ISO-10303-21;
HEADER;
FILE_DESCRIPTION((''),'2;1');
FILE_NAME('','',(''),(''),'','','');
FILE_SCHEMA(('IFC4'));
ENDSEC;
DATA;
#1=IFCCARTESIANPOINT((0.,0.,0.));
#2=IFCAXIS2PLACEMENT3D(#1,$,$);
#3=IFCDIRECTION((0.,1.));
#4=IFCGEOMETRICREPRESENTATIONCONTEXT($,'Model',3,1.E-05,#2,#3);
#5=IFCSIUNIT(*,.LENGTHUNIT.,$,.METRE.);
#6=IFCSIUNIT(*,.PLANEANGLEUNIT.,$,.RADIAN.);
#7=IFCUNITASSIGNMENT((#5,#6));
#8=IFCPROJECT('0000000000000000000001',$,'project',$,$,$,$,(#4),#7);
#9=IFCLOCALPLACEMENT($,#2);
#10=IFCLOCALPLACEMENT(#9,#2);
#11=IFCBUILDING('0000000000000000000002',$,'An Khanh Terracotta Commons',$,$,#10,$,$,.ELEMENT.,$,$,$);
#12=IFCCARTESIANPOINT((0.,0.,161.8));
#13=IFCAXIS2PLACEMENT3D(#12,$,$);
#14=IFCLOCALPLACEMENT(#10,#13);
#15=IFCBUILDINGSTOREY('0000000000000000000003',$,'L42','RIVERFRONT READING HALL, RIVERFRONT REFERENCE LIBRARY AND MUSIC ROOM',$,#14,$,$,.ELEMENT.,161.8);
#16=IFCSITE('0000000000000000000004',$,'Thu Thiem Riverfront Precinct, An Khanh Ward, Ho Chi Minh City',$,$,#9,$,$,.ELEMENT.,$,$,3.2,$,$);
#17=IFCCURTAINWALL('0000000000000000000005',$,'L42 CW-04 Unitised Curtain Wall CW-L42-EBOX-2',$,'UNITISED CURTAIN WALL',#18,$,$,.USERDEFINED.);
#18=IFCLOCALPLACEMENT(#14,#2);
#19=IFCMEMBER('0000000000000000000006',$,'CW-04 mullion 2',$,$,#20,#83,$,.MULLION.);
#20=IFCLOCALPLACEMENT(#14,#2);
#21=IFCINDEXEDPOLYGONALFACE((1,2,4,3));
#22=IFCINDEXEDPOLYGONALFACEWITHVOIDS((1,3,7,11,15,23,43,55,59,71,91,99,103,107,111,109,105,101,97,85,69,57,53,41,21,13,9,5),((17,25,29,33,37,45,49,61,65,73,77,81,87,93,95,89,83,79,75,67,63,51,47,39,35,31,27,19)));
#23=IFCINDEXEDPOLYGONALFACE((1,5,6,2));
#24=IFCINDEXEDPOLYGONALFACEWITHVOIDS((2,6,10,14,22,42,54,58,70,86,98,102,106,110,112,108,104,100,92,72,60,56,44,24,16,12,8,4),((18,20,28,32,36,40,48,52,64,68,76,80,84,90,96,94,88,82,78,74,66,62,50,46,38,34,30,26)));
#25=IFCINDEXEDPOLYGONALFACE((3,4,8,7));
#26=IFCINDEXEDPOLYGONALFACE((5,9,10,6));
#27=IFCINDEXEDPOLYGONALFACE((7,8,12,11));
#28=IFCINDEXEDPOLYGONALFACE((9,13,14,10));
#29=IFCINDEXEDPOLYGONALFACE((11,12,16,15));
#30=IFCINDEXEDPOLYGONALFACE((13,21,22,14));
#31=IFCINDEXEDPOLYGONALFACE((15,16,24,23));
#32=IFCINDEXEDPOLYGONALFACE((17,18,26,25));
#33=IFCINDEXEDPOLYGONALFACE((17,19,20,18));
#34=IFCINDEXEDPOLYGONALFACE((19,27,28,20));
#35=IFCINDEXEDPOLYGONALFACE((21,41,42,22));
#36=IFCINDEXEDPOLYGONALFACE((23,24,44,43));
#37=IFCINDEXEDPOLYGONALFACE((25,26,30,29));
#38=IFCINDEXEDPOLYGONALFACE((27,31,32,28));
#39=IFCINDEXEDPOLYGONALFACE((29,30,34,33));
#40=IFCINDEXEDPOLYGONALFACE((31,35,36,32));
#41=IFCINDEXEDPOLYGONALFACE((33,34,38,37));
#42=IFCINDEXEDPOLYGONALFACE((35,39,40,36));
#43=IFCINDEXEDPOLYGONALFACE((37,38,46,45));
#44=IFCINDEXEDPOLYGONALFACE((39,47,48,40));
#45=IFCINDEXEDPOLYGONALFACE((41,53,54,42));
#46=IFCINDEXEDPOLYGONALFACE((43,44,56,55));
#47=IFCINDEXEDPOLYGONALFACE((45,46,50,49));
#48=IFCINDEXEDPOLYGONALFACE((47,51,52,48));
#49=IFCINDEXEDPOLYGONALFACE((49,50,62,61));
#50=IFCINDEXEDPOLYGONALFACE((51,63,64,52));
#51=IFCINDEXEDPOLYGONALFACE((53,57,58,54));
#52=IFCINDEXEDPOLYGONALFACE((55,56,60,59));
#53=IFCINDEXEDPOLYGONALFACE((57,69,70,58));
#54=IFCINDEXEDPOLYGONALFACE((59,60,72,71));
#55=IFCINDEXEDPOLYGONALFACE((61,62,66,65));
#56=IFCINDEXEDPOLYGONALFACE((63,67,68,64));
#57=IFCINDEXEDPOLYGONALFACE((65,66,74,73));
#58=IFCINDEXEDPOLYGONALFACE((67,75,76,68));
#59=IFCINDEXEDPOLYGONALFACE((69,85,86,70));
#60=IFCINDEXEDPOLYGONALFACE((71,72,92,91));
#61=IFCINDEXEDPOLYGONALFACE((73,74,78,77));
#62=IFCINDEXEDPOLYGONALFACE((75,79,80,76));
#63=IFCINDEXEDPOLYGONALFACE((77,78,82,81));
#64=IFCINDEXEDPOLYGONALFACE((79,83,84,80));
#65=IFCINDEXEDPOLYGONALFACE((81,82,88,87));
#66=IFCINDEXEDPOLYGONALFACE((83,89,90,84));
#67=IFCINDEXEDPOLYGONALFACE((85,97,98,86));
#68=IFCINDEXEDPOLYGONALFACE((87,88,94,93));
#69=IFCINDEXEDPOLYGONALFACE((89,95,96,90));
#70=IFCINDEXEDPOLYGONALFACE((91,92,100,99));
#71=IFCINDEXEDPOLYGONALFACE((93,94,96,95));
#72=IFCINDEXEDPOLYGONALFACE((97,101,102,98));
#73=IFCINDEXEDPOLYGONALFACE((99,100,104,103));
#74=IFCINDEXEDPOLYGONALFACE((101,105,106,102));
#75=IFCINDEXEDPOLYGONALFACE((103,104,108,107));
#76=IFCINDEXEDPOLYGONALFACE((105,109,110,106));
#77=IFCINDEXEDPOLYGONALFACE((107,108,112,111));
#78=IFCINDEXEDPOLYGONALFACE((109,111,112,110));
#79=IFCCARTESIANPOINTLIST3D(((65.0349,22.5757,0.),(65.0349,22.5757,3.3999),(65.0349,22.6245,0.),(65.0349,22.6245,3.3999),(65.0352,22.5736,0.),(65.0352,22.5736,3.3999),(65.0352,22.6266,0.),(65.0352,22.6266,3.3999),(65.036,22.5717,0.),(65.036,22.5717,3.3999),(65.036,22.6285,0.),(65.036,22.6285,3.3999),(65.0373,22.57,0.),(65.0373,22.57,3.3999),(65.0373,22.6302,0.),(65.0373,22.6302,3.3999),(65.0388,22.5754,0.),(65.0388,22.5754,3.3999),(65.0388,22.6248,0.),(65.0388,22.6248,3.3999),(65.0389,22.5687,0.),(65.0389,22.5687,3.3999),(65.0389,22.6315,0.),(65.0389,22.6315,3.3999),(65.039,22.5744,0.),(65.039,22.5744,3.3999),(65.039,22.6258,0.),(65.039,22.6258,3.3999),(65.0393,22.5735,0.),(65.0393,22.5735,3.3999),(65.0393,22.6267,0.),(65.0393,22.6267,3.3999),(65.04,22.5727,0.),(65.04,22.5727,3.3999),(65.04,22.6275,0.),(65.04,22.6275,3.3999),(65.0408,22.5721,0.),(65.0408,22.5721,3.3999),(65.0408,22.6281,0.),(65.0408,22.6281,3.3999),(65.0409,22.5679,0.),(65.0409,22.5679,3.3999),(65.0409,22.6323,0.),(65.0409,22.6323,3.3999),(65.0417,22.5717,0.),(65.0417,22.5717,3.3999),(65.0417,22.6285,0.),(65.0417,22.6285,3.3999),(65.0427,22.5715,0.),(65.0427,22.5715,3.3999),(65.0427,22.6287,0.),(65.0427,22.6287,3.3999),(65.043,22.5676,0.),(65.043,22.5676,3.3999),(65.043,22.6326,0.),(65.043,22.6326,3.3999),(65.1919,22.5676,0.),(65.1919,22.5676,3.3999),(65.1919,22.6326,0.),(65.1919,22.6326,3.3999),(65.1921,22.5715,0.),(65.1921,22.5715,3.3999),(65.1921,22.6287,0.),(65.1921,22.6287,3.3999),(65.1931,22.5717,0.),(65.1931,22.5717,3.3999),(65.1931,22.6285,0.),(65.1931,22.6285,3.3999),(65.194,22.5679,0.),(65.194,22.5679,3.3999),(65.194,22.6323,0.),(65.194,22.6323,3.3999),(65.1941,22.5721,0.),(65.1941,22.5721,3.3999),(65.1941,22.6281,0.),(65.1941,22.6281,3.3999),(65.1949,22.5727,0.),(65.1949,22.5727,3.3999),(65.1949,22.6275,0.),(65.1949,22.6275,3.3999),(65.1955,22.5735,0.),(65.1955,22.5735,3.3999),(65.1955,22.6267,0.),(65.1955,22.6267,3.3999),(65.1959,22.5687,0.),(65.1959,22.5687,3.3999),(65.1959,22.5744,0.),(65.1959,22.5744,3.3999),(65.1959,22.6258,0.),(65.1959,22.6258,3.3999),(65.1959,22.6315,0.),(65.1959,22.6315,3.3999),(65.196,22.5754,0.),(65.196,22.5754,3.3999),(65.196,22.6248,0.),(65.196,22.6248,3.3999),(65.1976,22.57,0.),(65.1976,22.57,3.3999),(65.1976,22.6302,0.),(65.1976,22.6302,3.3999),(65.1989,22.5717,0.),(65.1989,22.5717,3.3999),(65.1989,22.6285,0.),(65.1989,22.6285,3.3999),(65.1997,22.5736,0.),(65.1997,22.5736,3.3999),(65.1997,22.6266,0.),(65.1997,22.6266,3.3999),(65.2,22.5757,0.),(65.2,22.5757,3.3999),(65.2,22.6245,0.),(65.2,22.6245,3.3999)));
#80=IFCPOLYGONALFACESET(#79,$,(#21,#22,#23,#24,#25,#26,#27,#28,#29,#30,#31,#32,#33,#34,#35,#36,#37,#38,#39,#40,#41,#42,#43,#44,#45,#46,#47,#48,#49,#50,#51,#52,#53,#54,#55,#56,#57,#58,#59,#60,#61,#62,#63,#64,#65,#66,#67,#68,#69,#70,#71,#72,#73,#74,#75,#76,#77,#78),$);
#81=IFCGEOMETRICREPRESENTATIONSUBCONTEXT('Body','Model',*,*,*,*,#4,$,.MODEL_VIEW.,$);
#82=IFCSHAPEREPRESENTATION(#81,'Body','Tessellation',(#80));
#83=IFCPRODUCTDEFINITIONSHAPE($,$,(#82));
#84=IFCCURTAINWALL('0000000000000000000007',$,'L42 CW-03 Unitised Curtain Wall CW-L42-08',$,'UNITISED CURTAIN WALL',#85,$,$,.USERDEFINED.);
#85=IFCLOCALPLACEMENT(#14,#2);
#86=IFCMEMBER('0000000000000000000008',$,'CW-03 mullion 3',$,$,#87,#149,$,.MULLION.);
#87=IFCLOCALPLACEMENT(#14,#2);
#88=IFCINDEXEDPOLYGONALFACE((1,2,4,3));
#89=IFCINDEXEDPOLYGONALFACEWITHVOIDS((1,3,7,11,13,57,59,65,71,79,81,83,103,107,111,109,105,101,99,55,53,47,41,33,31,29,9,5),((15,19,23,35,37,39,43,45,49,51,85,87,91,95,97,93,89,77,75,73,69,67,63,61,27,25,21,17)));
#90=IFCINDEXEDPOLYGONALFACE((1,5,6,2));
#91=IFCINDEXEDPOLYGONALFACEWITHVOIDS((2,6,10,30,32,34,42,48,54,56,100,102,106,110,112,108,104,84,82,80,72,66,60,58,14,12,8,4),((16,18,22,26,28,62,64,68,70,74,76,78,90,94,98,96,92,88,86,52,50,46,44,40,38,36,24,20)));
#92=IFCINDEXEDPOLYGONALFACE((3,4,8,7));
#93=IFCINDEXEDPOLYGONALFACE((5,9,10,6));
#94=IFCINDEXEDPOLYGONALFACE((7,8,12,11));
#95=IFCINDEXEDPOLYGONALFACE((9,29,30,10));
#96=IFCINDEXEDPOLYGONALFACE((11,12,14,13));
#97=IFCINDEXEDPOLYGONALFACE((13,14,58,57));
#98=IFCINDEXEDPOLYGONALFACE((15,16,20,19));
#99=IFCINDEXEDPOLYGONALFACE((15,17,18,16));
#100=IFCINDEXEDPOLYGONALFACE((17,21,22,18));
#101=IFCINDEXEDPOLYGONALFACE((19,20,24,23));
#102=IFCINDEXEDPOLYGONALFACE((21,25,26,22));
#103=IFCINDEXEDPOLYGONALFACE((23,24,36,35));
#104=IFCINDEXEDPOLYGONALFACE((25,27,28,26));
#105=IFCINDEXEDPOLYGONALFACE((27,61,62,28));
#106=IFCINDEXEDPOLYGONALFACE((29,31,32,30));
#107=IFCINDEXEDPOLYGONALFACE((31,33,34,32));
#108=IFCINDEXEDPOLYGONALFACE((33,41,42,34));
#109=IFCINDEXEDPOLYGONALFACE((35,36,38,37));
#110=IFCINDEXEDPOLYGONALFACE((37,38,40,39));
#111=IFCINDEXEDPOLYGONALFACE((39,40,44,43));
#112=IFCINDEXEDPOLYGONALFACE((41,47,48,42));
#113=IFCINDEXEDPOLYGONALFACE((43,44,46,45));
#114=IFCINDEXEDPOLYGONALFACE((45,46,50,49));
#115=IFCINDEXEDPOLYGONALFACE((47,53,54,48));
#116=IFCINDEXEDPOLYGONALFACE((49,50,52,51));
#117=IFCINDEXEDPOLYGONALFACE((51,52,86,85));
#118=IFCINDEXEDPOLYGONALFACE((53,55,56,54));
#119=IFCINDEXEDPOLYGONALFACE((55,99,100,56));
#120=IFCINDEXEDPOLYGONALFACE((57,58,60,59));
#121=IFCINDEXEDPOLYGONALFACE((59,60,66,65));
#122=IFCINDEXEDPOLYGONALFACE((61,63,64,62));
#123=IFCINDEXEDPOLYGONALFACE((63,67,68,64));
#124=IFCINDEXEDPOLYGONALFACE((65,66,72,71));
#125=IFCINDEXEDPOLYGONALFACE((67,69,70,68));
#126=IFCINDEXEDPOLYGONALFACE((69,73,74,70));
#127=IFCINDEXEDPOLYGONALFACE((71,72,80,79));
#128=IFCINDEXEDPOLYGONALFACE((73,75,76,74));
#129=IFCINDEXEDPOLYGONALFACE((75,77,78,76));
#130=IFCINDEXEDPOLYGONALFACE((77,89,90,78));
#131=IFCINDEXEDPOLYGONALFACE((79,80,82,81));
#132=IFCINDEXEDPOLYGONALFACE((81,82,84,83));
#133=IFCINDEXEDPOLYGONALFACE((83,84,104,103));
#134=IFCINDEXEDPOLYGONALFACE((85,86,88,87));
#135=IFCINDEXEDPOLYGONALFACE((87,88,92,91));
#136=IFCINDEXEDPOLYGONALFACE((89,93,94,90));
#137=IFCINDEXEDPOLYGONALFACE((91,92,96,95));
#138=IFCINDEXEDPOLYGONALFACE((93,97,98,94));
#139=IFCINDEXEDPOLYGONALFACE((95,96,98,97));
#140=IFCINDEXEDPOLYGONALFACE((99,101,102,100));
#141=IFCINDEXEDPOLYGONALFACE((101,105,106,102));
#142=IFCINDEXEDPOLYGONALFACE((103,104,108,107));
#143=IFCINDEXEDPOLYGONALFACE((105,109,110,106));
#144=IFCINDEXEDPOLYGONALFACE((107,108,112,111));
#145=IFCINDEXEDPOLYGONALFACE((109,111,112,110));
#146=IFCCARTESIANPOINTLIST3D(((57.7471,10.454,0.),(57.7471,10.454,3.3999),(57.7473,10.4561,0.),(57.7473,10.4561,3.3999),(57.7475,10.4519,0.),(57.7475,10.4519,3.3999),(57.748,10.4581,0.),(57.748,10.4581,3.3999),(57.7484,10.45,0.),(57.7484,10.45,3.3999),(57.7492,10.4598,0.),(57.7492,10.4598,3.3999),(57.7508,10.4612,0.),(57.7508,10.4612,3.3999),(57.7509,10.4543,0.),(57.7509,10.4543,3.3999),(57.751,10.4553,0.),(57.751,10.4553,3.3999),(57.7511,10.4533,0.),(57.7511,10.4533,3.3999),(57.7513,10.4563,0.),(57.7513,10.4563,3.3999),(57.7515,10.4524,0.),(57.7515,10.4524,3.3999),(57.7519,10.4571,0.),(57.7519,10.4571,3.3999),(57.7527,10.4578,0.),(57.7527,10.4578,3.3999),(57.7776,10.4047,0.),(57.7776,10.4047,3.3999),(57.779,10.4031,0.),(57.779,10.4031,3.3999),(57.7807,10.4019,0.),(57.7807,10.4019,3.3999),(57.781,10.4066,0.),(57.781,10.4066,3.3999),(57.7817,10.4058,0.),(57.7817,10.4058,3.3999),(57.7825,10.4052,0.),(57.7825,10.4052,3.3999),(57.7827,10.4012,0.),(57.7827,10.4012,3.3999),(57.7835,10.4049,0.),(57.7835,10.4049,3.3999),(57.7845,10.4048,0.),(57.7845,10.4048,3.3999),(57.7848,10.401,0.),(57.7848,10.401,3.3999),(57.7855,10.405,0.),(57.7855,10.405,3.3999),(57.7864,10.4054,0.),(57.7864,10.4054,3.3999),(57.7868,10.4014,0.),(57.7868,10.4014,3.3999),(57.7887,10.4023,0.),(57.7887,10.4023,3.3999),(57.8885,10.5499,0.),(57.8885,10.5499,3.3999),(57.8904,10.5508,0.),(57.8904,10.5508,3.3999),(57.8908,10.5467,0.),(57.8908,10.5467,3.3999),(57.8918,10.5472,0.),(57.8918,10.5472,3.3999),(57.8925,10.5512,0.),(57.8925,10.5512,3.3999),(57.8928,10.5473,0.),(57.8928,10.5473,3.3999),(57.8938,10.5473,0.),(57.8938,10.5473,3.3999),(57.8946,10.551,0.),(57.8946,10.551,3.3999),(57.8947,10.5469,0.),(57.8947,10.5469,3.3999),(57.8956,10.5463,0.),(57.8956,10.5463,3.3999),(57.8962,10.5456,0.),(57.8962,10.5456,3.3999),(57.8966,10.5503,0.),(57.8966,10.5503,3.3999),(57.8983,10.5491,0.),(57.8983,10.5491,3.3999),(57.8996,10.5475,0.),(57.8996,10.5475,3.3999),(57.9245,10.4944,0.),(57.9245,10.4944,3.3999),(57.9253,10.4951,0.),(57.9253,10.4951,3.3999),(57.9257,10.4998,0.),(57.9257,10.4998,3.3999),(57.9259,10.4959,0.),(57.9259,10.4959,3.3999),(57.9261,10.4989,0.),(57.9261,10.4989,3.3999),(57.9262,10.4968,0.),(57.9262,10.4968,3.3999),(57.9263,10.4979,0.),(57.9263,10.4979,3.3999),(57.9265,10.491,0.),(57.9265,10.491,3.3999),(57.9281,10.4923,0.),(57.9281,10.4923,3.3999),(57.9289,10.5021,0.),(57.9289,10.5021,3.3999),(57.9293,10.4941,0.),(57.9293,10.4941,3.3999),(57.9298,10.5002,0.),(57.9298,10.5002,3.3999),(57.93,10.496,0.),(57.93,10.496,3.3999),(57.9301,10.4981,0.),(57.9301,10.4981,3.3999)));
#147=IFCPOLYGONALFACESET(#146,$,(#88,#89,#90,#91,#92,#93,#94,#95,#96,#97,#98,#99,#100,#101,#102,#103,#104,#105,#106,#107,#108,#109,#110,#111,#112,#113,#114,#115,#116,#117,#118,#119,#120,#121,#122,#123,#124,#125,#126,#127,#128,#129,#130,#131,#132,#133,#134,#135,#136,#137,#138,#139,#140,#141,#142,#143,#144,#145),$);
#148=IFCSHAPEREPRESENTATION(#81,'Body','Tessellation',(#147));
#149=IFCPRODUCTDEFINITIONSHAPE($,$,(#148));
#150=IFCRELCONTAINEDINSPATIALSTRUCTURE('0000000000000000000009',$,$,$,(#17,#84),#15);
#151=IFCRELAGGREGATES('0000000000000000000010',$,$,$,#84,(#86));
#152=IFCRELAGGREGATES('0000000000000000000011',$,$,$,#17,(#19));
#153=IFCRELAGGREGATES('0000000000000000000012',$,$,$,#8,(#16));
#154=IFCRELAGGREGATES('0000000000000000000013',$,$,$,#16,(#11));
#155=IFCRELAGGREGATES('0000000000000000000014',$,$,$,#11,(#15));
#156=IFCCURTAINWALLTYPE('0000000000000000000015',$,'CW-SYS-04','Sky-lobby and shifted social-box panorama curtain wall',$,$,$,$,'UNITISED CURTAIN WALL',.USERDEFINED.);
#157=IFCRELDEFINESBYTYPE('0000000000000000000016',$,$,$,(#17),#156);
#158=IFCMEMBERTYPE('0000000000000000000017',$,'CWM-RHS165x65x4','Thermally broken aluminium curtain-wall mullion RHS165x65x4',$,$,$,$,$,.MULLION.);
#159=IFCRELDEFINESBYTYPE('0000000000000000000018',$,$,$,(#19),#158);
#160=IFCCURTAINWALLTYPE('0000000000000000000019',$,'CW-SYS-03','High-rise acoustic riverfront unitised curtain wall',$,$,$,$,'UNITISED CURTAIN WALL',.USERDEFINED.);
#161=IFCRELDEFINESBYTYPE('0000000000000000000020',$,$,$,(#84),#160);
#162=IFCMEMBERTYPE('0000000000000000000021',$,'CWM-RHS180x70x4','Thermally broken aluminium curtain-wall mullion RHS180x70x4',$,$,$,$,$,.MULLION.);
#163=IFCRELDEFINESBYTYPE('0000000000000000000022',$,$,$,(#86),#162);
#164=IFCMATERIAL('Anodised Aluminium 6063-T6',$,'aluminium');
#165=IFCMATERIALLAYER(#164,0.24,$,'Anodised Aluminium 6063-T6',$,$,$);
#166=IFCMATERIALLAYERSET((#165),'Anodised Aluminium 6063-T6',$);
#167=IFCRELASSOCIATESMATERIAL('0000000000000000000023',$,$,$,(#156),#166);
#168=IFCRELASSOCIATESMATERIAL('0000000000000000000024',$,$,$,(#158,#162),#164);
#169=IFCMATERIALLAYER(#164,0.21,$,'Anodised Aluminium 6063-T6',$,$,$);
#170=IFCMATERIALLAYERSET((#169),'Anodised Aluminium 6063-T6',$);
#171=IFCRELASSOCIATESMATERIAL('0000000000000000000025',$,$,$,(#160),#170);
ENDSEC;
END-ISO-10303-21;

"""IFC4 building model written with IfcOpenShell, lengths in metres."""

from ifc_helpers import new_model, si_unit, direction, frame, origin, origin_2d, place, context, subcontext, project, spatial, hollow_rectangle, extrude, material, layer, layer_set, material_profile, profile_set, type_object, element, aggregate, save


model = new_model("IFC4")

# Units and contexts
model_context = context("Model", 3, precision=1e-05, world=origin(), true_north=direction((0.0, 1.0)))
body_context = subcontext(model_context, "Body", "Model", "MODEL_VIEW")
ifc_project = project(units=[si_unit("LENGTHUNIT", "METRE"), si_unit("PLANEANGLEUNIT", "RADIAN")], contexts=[model_context])

# Site, building, storey
site_placement = place(None, origin())
site = spatial("IfcSite", under=ifc_project, at=site_placement, Name="Thu Thiem Riverfront Precinct, An Khanh Ward, Ho Chi Minh City", CompositionType="ELEMENT", RefElevation=3.2)
building_placement = place(site_placement, origin())
building = spatial("IfcBuilding", under=site, at=building_placement, Name="An Khanh Terracotta Commons", CompositionType="ELEMENT")
storey_placement = place(building_placement, frame((0.0, 0.0, 161.8)))
storey = spatial("IfcBuildingStorey", under=building, at=storey_placement, Name="L42", Description="RIVERFRONT READING HALL, RIVERFRONT REFERENCE LIBRARY AND MUSIC ROOM", CompositionType="ELEMENT", Elevation=161.8)

# Shared definitions
ifc_material_1 = material(Name="Anodised Aluminium 6063-T6", Category="aluminium")
ifc_layer_1 = layer(ifc_material_1, 0.24, Name="Anodised Aluminium 6063-T6")
ifc_layer_set_1 = layer_set([ifc_layer_1], Name="Anodised Aluminium 6063-T6")
curtain_wall_type_1 = type_object("IfcCurtainWallType", Name="CW-SYS-04", Description="Sky-lobby and shifted social-box panorama curtain wall", ElementType="UNITISED CURTAIN WALL", PredefinedType="USERDEFINED", material=ifc_layer_set_1)
ifc_material_profile_1 = material_profile(ifc_material_1, hollow_rectangle(XDim=0.0649, YDim=0.165, WallThickness=0.0039, InnerFilletRadius=0.0039, OuterFilletRadius=0.0081, at=origin_2d()), Name="RHS165x65x4")
ifc_profile_set_1 = profile_set([ifc_material_profile_1], Name="Anodised Aluminium 6063-T6")
member_type_1 = type_object("IfcMemberType", Name="CWM-RHS165x65x4", Description="Thermally broken aluminium curtain-wall mullion RHS165x65x4", PredefinedType="MULLION", material=ifc_profile_set_1)

# Curtain walls, members
curtain_wall_1_placement = place(storey_placement, origin())
curtain_wall_1 = element("IfcCurtainWall", 1, at=curtain_wall_1_placement, inside=storey, type_object=curtain_wall_type_1, Name="L42 CW-04 Unitised Curtain Wall CW-L42-EBOX-2", ObjectType="UNITISED CURTAIN WALL", PredefinedType="USERDEFINED")
member_1_placement = place(storey_placement, frame((65.1174, 22.6001, 0.0), z_axis=(0.0, 0.0, 1.0), x_axis=(0.0, 1.0, 0.0)))
member_1 = element("IfcMember", 2, at=member_1_placement, type_object=member_type_1, Name="CW-04 mullion 2", PredefinedType="MULLION", context=body_context, shape_type="SweptSolid", body=[
    extrude(hollow_rectangle(XDim=0.0649, YDim=0.165, WallThickness=0.0039, InnerFilletRadius=0.0039, OuterFilletRadius=0.0081, at=origin_2d()), origin(), (0.0, 0.0, 1.0), 3.3999),
])
ifc_layer_2 = layer(ifc_material_1, 0.21, Name="Anodised Aluminium 6063-T6")
ifc_layer_set_2 = layer_set([ifc_layer_2], Name="Anodised Aluminium 6063-T6")
curtain_wall_type_2 = type_object("IfcCurtainWallType", Name="CW-SYS-03", Description="High-rise acoustic riverfront unitised curtain wall", ElementType="UNITISED CURTAIN WALL", PredefinedType="USERDEFINED", material=ifc_layer_set_2)
curtain_wall_2_placement = place(storey_placement, origin())
curtain_wall_2 = element("IfcCurtainWall", 3, at=curtain_wall_2_placement, inside=storey, type_object=curtain_wall_type_2, Name="L42 CW-03 Unitised Curtain Wall CW-L42-08", ObjectType="UNITISED CURTAIN WALL", PredefinedType="USERDEFINED")
ifc_material_profile_2 = material_profile(ifc_material_1, hollow_rectangle(XDim=0.0701, YDim=0.1799, WallThickness=0.0039, InnerFilletRadius=0.0039, OuterFilletRadius=0.0081, at=origin_2d()), Name="RHS180x70x4")
ifc_profile_set_2 = profile_set([ifc_material_profile_2], Name="Anodised Aluminium 6063-T6")
member_type_2 = type_object("IfcMemberType", Name="CWM-RHS180x70x4", Description="Thermally broken aluminium curtain-wall mullion RHS180x70x4", PredefinedType="MULLION", material=ifc_profile_set_2)
member_2_placement = place(storey_placement, frame((57.8386, 10.4761, 0.0), z_axis=(0.0, 0.0, 1.0), x_axis=(-0.541498, 0.840702, 0.0)))
member_2 = element("IfcMember", 4, at=member_2_placement, type_object=member_type_2, Name="CW-03 mullion 3", PredefinedType="MULLION", context=body_context, shape_type="SweptSolid", body=[
    extrude(hollow_rectangle(XDim=0.0701, YDim=0.1799, WallThickness=0.0039, InnerFilletRadius=0.0039, OuterFilletRadius=0.0081, at=origin_2d()), origin(), (0.0, 0.0, 1.0), 3.3999),
])

aggregate(curtain_wall_2, [member_2])
aggregate(curtain_wall_1, [member_1])

save(model, "model.ifc")
